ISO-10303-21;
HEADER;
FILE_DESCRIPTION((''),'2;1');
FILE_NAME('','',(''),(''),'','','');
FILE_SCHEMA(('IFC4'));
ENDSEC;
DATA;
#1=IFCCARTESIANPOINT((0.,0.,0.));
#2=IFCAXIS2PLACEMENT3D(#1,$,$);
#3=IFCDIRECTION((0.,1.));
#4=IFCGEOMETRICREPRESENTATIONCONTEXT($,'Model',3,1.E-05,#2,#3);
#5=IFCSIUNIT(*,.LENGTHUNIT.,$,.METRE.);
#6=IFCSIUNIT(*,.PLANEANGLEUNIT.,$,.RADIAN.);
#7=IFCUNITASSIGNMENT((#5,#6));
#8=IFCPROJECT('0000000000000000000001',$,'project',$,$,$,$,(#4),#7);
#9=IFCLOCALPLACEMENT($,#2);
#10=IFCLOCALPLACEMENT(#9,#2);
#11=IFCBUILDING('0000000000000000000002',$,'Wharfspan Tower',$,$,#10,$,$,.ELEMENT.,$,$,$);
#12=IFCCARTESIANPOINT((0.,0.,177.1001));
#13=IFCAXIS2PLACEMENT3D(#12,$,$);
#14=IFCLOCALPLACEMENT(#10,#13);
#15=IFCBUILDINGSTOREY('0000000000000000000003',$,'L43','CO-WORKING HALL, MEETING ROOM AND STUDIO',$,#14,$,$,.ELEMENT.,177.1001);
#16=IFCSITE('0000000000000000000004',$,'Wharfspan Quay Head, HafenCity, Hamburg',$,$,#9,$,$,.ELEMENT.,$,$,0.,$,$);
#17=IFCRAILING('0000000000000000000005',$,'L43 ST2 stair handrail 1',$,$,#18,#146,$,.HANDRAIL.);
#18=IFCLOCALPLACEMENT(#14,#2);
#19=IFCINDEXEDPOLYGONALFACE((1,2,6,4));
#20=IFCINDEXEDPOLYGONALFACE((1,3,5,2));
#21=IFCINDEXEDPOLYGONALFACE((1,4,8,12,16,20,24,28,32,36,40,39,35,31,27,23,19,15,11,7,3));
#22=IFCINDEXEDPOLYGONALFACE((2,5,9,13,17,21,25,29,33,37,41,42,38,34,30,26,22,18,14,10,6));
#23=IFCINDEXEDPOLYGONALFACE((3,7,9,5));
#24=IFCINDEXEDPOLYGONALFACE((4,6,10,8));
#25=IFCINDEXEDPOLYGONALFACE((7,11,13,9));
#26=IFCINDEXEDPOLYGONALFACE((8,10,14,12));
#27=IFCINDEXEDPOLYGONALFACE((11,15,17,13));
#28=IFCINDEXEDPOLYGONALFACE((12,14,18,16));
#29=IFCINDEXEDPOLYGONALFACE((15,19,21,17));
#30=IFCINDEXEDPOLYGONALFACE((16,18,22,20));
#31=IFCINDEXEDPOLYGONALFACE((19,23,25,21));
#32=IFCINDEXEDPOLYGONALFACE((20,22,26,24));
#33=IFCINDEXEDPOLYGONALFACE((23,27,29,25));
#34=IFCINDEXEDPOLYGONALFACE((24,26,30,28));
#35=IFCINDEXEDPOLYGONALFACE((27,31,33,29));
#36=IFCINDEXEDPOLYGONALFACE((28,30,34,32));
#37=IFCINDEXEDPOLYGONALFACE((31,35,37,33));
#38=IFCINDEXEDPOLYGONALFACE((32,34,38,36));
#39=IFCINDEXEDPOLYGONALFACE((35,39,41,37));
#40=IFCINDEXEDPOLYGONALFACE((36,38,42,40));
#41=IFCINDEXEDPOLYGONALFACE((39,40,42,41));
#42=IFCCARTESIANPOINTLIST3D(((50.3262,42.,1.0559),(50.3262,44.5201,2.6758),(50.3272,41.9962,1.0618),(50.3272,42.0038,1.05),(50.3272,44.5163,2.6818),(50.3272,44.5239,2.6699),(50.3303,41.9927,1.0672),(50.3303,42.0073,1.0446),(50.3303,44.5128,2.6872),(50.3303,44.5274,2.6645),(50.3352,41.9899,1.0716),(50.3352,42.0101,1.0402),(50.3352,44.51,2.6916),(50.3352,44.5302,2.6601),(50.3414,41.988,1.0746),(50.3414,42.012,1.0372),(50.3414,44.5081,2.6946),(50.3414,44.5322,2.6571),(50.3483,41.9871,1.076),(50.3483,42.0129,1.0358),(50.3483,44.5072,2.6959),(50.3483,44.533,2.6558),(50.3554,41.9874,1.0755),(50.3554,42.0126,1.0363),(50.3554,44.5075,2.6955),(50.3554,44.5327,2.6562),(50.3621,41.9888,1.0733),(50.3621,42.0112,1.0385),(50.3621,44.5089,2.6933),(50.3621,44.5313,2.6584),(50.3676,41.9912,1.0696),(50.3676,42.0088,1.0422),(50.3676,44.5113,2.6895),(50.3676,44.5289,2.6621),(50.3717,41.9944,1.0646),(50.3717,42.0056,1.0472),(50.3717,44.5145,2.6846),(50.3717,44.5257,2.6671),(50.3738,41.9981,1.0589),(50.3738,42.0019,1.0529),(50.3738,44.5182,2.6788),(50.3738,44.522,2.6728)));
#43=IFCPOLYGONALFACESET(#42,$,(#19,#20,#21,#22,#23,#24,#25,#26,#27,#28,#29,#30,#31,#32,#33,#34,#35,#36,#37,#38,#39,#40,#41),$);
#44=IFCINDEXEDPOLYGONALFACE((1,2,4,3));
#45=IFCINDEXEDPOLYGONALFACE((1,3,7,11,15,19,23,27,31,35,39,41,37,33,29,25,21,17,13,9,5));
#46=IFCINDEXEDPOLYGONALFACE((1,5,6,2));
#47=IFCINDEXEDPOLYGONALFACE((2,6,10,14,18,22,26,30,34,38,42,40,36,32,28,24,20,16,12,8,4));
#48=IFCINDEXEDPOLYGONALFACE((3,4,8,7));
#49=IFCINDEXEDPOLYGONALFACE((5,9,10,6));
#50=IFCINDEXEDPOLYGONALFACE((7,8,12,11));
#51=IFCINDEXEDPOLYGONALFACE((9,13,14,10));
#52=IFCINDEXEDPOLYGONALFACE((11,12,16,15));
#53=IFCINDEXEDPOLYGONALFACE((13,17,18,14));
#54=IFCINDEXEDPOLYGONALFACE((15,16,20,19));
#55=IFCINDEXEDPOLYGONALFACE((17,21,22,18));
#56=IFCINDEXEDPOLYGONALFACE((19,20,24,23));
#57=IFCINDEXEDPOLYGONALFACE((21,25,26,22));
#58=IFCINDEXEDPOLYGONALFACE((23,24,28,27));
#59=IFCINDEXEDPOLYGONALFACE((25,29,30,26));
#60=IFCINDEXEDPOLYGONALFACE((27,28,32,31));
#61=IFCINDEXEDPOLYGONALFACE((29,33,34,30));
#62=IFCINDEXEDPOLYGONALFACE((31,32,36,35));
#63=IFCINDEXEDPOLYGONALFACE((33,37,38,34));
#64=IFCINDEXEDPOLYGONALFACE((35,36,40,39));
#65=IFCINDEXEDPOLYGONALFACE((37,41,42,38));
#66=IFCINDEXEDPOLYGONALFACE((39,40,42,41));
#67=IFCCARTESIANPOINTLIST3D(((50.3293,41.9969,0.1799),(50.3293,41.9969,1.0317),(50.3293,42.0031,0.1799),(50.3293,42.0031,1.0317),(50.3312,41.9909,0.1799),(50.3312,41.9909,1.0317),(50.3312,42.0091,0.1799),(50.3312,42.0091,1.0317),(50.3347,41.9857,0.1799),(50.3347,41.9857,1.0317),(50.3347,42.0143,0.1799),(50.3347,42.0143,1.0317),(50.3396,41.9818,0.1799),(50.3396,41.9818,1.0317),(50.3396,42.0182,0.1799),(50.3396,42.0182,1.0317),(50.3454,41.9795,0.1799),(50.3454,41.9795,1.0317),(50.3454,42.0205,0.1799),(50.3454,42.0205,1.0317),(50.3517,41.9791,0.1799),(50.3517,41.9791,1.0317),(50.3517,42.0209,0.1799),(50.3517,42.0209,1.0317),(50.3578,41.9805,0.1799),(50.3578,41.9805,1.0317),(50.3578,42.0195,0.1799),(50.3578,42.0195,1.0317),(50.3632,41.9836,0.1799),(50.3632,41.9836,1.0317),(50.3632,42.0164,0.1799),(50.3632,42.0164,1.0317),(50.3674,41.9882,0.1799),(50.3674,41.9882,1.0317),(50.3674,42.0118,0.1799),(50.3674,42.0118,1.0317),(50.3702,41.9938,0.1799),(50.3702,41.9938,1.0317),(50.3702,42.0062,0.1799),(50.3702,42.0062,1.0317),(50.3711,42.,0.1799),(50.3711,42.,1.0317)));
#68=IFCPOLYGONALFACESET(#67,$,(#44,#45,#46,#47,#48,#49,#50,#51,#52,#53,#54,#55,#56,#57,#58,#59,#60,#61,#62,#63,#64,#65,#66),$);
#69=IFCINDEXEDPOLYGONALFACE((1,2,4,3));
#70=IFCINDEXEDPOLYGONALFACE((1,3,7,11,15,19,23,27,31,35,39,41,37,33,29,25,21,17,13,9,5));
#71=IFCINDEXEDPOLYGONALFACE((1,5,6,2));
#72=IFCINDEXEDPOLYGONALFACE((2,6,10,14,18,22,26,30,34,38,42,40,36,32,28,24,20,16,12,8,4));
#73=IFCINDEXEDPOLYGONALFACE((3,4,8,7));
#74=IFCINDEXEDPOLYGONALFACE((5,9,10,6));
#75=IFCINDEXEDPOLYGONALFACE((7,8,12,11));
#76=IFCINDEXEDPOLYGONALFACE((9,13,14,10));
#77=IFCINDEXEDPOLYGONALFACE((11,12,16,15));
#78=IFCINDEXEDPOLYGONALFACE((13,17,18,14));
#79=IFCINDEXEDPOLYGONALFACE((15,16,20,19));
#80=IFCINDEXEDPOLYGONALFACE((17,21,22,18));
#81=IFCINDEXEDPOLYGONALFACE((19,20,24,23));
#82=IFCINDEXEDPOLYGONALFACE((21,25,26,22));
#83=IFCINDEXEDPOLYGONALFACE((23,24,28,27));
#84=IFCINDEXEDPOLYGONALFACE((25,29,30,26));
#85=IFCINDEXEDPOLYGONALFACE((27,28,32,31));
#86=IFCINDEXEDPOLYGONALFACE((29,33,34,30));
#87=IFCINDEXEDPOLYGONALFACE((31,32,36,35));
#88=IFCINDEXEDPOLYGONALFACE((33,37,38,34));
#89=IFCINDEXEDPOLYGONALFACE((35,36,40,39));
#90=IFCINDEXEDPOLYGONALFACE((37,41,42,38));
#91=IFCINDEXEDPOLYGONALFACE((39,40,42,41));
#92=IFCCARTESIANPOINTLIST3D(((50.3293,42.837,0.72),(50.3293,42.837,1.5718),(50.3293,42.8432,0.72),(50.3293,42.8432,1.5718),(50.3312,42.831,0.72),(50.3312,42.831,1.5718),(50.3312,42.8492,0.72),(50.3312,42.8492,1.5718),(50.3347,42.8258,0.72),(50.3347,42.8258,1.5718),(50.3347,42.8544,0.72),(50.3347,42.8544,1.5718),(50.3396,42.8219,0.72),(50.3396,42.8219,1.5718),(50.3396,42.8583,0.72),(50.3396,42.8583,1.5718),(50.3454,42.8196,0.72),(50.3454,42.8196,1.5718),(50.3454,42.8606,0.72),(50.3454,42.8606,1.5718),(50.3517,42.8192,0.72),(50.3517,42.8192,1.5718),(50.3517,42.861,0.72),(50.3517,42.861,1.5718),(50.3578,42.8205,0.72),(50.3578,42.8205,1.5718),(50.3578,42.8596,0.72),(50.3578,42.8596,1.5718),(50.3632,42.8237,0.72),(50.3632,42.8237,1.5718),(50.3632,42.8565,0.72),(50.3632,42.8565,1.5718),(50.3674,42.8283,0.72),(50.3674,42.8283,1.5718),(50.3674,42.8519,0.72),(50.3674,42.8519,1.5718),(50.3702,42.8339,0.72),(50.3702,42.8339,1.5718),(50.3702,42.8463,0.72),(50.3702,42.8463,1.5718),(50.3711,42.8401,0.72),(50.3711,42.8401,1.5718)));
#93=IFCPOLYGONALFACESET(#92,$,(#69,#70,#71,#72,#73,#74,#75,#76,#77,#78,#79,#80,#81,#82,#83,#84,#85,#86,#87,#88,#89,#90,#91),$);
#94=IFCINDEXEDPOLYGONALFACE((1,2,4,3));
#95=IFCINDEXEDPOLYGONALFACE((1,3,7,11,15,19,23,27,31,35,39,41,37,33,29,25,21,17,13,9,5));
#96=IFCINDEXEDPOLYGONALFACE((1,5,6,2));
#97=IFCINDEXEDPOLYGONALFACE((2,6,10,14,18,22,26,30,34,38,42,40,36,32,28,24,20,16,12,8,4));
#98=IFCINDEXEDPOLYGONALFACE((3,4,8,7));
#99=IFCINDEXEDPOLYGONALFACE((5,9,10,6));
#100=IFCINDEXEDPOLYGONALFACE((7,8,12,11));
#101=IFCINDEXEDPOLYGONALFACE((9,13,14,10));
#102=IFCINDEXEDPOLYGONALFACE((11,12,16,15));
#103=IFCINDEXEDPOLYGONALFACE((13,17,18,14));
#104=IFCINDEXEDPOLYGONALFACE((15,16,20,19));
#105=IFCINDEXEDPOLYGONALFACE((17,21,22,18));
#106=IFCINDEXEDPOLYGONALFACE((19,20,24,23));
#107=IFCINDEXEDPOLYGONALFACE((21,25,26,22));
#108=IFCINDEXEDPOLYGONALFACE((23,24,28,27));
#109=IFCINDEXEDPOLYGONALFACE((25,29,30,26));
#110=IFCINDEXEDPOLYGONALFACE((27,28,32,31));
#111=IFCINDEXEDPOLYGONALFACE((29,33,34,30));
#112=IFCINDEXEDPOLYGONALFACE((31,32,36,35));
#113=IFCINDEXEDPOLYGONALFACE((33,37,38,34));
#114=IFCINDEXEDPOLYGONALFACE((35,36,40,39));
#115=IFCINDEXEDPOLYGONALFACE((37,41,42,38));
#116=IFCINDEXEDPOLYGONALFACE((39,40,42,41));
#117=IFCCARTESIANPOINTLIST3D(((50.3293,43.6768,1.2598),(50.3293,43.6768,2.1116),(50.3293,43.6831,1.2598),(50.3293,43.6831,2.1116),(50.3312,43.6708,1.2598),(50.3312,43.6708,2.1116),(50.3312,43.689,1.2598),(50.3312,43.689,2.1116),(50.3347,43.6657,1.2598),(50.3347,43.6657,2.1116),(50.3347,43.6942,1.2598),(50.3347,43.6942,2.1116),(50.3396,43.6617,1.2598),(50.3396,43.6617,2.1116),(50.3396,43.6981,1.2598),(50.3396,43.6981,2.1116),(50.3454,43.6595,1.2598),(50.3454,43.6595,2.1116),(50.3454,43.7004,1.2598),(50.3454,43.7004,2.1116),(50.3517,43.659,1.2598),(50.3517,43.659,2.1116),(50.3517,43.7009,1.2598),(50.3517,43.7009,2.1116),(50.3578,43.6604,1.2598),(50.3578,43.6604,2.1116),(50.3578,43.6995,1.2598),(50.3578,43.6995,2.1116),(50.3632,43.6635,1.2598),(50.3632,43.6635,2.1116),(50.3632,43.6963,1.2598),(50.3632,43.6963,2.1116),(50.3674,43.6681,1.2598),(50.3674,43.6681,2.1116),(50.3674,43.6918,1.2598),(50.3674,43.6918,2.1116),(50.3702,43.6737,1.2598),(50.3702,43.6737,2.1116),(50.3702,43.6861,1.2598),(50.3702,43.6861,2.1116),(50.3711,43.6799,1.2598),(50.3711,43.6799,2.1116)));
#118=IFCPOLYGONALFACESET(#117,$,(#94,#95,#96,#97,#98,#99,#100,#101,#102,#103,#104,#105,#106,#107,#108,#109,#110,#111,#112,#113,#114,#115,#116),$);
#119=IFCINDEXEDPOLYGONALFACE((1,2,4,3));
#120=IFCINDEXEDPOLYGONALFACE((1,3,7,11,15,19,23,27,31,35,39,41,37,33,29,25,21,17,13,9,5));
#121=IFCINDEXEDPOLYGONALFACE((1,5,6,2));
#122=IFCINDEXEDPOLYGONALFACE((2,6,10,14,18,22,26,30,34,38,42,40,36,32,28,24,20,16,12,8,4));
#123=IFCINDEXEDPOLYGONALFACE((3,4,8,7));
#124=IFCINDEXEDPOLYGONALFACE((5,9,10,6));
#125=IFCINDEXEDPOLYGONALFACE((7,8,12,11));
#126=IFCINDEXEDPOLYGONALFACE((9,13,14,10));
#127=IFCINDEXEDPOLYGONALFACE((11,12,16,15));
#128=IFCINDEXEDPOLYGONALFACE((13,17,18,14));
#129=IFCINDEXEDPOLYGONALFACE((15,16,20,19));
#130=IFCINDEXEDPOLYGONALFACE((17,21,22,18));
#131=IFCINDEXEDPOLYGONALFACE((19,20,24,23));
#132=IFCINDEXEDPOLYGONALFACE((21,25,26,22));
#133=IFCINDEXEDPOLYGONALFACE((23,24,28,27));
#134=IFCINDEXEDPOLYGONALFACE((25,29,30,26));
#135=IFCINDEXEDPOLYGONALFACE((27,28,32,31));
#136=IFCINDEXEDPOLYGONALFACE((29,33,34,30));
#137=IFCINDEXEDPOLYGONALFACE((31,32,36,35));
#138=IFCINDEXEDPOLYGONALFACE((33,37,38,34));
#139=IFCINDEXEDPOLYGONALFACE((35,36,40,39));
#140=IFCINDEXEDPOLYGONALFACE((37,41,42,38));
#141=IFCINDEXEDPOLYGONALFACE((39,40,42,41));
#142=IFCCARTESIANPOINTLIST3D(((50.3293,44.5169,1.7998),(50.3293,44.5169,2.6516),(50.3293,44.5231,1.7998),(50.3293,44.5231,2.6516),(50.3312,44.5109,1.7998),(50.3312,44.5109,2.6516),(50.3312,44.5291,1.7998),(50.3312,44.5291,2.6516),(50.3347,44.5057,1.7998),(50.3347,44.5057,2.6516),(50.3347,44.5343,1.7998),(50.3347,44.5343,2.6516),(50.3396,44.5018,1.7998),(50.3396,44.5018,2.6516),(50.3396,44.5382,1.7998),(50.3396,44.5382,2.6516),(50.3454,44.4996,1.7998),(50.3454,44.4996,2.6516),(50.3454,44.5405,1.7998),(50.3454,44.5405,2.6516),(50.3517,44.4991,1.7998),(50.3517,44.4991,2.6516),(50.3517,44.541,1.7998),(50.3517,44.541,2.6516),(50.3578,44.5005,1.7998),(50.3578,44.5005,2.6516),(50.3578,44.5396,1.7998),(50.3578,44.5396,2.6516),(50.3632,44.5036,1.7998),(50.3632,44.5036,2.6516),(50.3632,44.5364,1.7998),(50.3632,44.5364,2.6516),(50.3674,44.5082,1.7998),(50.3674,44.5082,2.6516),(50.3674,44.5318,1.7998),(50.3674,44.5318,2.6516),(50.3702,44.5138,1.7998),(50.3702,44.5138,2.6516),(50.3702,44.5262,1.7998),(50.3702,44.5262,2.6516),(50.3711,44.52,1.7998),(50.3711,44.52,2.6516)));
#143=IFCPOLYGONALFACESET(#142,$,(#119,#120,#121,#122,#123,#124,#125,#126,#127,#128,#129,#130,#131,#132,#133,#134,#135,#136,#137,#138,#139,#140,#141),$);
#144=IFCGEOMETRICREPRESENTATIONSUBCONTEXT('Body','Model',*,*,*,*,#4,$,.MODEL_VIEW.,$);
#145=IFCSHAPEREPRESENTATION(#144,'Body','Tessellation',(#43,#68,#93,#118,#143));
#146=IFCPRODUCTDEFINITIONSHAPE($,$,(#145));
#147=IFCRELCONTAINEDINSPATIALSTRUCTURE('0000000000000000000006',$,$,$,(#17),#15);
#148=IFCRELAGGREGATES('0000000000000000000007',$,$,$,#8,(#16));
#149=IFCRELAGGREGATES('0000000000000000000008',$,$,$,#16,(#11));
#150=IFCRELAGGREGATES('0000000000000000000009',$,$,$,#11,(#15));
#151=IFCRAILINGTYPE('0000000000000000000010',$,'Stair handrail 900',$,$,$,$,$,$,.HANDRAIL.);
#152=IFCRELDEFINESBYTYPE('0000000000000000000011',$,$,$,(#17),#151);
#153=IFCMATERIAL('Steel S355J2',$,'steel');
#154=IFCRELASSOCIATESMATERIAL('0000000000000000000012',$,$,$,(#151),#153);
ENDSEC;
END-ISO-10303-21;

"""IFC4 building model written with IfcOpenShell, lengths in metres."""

from ifc_helpers import new_model, si_unit, direction, frame, origin, origin_2d, place, context, subcontext, project, spatial, circle, extrude, material, type_object, element, save


model = new_model("IFC4")

# Units and contexts
model_context = context("Model", 3, precision=1e-05, world=origin(), true_north=direction((0.0, 1.0)))
body_context = subcontext(model_context, "Body", "Model", "MODEL_VIEW")
ifc_project = project(units=[si_unit("LENGTHUNIT", "METRE"), si_unit("PLANEANGLEUNIT", "RADIAN")], contexts=[model_context])

# Site, building, storey
site_placement = place(None, origin())
site = spatial("IfcSite", under=ifc_project, at=site_placement, Name="Wharfspan Quay Head, HafenCity, Hamburg", CompositionType="ELEMENT", RefElevation=0.0)
building_placement = place(site_placement, origin())
building = spatial("IfcBuilding", under=site, at=building_placement, Name="Wharfspan Tower", CompositionType="ELEMENT")
storey_placement = place(building_placement, frame((0.0, 0.0, 177.1001)))
storey = spatial("IfcBuildingStorey", under=building, at=storey_placement, Name="L43", Description="CO-WORKING HALL, MEETING ROOM AND STUDIO", CompositionType="ELEMENT", Elevation=177.1001)

# Shared definitions
ifc_material_1 = material(Name="Steel S355J2", Category="steel")

# Railing
railing_type_1 = type_object("IfcRailingType", Name="Stair handrail 900", PredefinedType="HANDRAIL", material=ifc_material_1)
railing_1_placement = place(storey_placement, frame((50.3501, 42.0, 0.1799)))
element("IfcRailing", 1, at=railing_1_placement, inside=storey, type_object=railing_type_1, Name="L43 ST2 stair handrail 1", PredefinedType="HANDRAIL", context=body_context, shape_type="SweptSolid", body=[
    extrude(circle(Radius=0.0239, at=origin_2d()), frame((0.0, 0.0, 0.876), z_axis=(0.0, 0.8412, 0.540725), x_axis=(-1.0, 0.0, 0.0)), (0.0, 0.0, 1.0), 2.9958),
    extrude(circle(Radius=0.021, at=origin_2d()), origin(), (0.0, 0.0, 1.0), 0.8518),
    extrude(circle(Radius=0.021, at=origin_2d()), frame((0.0, 0.8401, 0.54)), (0.0, 0.0, 1.0), 0.8518),
    extrude(circle(Radius=0.021, at=origin_2d()), frame((0.0, 1.6799, 1.0798)), (0.0, 0.0, 1.0), 0.8518),
    extrude(circle(Radius=0.021, at=origin_2d()), frame((0.0, 2.52, 1.6199)), (0.0, 0.0, 1.0), 0.8518),
])

save(model, "model.ifc")
